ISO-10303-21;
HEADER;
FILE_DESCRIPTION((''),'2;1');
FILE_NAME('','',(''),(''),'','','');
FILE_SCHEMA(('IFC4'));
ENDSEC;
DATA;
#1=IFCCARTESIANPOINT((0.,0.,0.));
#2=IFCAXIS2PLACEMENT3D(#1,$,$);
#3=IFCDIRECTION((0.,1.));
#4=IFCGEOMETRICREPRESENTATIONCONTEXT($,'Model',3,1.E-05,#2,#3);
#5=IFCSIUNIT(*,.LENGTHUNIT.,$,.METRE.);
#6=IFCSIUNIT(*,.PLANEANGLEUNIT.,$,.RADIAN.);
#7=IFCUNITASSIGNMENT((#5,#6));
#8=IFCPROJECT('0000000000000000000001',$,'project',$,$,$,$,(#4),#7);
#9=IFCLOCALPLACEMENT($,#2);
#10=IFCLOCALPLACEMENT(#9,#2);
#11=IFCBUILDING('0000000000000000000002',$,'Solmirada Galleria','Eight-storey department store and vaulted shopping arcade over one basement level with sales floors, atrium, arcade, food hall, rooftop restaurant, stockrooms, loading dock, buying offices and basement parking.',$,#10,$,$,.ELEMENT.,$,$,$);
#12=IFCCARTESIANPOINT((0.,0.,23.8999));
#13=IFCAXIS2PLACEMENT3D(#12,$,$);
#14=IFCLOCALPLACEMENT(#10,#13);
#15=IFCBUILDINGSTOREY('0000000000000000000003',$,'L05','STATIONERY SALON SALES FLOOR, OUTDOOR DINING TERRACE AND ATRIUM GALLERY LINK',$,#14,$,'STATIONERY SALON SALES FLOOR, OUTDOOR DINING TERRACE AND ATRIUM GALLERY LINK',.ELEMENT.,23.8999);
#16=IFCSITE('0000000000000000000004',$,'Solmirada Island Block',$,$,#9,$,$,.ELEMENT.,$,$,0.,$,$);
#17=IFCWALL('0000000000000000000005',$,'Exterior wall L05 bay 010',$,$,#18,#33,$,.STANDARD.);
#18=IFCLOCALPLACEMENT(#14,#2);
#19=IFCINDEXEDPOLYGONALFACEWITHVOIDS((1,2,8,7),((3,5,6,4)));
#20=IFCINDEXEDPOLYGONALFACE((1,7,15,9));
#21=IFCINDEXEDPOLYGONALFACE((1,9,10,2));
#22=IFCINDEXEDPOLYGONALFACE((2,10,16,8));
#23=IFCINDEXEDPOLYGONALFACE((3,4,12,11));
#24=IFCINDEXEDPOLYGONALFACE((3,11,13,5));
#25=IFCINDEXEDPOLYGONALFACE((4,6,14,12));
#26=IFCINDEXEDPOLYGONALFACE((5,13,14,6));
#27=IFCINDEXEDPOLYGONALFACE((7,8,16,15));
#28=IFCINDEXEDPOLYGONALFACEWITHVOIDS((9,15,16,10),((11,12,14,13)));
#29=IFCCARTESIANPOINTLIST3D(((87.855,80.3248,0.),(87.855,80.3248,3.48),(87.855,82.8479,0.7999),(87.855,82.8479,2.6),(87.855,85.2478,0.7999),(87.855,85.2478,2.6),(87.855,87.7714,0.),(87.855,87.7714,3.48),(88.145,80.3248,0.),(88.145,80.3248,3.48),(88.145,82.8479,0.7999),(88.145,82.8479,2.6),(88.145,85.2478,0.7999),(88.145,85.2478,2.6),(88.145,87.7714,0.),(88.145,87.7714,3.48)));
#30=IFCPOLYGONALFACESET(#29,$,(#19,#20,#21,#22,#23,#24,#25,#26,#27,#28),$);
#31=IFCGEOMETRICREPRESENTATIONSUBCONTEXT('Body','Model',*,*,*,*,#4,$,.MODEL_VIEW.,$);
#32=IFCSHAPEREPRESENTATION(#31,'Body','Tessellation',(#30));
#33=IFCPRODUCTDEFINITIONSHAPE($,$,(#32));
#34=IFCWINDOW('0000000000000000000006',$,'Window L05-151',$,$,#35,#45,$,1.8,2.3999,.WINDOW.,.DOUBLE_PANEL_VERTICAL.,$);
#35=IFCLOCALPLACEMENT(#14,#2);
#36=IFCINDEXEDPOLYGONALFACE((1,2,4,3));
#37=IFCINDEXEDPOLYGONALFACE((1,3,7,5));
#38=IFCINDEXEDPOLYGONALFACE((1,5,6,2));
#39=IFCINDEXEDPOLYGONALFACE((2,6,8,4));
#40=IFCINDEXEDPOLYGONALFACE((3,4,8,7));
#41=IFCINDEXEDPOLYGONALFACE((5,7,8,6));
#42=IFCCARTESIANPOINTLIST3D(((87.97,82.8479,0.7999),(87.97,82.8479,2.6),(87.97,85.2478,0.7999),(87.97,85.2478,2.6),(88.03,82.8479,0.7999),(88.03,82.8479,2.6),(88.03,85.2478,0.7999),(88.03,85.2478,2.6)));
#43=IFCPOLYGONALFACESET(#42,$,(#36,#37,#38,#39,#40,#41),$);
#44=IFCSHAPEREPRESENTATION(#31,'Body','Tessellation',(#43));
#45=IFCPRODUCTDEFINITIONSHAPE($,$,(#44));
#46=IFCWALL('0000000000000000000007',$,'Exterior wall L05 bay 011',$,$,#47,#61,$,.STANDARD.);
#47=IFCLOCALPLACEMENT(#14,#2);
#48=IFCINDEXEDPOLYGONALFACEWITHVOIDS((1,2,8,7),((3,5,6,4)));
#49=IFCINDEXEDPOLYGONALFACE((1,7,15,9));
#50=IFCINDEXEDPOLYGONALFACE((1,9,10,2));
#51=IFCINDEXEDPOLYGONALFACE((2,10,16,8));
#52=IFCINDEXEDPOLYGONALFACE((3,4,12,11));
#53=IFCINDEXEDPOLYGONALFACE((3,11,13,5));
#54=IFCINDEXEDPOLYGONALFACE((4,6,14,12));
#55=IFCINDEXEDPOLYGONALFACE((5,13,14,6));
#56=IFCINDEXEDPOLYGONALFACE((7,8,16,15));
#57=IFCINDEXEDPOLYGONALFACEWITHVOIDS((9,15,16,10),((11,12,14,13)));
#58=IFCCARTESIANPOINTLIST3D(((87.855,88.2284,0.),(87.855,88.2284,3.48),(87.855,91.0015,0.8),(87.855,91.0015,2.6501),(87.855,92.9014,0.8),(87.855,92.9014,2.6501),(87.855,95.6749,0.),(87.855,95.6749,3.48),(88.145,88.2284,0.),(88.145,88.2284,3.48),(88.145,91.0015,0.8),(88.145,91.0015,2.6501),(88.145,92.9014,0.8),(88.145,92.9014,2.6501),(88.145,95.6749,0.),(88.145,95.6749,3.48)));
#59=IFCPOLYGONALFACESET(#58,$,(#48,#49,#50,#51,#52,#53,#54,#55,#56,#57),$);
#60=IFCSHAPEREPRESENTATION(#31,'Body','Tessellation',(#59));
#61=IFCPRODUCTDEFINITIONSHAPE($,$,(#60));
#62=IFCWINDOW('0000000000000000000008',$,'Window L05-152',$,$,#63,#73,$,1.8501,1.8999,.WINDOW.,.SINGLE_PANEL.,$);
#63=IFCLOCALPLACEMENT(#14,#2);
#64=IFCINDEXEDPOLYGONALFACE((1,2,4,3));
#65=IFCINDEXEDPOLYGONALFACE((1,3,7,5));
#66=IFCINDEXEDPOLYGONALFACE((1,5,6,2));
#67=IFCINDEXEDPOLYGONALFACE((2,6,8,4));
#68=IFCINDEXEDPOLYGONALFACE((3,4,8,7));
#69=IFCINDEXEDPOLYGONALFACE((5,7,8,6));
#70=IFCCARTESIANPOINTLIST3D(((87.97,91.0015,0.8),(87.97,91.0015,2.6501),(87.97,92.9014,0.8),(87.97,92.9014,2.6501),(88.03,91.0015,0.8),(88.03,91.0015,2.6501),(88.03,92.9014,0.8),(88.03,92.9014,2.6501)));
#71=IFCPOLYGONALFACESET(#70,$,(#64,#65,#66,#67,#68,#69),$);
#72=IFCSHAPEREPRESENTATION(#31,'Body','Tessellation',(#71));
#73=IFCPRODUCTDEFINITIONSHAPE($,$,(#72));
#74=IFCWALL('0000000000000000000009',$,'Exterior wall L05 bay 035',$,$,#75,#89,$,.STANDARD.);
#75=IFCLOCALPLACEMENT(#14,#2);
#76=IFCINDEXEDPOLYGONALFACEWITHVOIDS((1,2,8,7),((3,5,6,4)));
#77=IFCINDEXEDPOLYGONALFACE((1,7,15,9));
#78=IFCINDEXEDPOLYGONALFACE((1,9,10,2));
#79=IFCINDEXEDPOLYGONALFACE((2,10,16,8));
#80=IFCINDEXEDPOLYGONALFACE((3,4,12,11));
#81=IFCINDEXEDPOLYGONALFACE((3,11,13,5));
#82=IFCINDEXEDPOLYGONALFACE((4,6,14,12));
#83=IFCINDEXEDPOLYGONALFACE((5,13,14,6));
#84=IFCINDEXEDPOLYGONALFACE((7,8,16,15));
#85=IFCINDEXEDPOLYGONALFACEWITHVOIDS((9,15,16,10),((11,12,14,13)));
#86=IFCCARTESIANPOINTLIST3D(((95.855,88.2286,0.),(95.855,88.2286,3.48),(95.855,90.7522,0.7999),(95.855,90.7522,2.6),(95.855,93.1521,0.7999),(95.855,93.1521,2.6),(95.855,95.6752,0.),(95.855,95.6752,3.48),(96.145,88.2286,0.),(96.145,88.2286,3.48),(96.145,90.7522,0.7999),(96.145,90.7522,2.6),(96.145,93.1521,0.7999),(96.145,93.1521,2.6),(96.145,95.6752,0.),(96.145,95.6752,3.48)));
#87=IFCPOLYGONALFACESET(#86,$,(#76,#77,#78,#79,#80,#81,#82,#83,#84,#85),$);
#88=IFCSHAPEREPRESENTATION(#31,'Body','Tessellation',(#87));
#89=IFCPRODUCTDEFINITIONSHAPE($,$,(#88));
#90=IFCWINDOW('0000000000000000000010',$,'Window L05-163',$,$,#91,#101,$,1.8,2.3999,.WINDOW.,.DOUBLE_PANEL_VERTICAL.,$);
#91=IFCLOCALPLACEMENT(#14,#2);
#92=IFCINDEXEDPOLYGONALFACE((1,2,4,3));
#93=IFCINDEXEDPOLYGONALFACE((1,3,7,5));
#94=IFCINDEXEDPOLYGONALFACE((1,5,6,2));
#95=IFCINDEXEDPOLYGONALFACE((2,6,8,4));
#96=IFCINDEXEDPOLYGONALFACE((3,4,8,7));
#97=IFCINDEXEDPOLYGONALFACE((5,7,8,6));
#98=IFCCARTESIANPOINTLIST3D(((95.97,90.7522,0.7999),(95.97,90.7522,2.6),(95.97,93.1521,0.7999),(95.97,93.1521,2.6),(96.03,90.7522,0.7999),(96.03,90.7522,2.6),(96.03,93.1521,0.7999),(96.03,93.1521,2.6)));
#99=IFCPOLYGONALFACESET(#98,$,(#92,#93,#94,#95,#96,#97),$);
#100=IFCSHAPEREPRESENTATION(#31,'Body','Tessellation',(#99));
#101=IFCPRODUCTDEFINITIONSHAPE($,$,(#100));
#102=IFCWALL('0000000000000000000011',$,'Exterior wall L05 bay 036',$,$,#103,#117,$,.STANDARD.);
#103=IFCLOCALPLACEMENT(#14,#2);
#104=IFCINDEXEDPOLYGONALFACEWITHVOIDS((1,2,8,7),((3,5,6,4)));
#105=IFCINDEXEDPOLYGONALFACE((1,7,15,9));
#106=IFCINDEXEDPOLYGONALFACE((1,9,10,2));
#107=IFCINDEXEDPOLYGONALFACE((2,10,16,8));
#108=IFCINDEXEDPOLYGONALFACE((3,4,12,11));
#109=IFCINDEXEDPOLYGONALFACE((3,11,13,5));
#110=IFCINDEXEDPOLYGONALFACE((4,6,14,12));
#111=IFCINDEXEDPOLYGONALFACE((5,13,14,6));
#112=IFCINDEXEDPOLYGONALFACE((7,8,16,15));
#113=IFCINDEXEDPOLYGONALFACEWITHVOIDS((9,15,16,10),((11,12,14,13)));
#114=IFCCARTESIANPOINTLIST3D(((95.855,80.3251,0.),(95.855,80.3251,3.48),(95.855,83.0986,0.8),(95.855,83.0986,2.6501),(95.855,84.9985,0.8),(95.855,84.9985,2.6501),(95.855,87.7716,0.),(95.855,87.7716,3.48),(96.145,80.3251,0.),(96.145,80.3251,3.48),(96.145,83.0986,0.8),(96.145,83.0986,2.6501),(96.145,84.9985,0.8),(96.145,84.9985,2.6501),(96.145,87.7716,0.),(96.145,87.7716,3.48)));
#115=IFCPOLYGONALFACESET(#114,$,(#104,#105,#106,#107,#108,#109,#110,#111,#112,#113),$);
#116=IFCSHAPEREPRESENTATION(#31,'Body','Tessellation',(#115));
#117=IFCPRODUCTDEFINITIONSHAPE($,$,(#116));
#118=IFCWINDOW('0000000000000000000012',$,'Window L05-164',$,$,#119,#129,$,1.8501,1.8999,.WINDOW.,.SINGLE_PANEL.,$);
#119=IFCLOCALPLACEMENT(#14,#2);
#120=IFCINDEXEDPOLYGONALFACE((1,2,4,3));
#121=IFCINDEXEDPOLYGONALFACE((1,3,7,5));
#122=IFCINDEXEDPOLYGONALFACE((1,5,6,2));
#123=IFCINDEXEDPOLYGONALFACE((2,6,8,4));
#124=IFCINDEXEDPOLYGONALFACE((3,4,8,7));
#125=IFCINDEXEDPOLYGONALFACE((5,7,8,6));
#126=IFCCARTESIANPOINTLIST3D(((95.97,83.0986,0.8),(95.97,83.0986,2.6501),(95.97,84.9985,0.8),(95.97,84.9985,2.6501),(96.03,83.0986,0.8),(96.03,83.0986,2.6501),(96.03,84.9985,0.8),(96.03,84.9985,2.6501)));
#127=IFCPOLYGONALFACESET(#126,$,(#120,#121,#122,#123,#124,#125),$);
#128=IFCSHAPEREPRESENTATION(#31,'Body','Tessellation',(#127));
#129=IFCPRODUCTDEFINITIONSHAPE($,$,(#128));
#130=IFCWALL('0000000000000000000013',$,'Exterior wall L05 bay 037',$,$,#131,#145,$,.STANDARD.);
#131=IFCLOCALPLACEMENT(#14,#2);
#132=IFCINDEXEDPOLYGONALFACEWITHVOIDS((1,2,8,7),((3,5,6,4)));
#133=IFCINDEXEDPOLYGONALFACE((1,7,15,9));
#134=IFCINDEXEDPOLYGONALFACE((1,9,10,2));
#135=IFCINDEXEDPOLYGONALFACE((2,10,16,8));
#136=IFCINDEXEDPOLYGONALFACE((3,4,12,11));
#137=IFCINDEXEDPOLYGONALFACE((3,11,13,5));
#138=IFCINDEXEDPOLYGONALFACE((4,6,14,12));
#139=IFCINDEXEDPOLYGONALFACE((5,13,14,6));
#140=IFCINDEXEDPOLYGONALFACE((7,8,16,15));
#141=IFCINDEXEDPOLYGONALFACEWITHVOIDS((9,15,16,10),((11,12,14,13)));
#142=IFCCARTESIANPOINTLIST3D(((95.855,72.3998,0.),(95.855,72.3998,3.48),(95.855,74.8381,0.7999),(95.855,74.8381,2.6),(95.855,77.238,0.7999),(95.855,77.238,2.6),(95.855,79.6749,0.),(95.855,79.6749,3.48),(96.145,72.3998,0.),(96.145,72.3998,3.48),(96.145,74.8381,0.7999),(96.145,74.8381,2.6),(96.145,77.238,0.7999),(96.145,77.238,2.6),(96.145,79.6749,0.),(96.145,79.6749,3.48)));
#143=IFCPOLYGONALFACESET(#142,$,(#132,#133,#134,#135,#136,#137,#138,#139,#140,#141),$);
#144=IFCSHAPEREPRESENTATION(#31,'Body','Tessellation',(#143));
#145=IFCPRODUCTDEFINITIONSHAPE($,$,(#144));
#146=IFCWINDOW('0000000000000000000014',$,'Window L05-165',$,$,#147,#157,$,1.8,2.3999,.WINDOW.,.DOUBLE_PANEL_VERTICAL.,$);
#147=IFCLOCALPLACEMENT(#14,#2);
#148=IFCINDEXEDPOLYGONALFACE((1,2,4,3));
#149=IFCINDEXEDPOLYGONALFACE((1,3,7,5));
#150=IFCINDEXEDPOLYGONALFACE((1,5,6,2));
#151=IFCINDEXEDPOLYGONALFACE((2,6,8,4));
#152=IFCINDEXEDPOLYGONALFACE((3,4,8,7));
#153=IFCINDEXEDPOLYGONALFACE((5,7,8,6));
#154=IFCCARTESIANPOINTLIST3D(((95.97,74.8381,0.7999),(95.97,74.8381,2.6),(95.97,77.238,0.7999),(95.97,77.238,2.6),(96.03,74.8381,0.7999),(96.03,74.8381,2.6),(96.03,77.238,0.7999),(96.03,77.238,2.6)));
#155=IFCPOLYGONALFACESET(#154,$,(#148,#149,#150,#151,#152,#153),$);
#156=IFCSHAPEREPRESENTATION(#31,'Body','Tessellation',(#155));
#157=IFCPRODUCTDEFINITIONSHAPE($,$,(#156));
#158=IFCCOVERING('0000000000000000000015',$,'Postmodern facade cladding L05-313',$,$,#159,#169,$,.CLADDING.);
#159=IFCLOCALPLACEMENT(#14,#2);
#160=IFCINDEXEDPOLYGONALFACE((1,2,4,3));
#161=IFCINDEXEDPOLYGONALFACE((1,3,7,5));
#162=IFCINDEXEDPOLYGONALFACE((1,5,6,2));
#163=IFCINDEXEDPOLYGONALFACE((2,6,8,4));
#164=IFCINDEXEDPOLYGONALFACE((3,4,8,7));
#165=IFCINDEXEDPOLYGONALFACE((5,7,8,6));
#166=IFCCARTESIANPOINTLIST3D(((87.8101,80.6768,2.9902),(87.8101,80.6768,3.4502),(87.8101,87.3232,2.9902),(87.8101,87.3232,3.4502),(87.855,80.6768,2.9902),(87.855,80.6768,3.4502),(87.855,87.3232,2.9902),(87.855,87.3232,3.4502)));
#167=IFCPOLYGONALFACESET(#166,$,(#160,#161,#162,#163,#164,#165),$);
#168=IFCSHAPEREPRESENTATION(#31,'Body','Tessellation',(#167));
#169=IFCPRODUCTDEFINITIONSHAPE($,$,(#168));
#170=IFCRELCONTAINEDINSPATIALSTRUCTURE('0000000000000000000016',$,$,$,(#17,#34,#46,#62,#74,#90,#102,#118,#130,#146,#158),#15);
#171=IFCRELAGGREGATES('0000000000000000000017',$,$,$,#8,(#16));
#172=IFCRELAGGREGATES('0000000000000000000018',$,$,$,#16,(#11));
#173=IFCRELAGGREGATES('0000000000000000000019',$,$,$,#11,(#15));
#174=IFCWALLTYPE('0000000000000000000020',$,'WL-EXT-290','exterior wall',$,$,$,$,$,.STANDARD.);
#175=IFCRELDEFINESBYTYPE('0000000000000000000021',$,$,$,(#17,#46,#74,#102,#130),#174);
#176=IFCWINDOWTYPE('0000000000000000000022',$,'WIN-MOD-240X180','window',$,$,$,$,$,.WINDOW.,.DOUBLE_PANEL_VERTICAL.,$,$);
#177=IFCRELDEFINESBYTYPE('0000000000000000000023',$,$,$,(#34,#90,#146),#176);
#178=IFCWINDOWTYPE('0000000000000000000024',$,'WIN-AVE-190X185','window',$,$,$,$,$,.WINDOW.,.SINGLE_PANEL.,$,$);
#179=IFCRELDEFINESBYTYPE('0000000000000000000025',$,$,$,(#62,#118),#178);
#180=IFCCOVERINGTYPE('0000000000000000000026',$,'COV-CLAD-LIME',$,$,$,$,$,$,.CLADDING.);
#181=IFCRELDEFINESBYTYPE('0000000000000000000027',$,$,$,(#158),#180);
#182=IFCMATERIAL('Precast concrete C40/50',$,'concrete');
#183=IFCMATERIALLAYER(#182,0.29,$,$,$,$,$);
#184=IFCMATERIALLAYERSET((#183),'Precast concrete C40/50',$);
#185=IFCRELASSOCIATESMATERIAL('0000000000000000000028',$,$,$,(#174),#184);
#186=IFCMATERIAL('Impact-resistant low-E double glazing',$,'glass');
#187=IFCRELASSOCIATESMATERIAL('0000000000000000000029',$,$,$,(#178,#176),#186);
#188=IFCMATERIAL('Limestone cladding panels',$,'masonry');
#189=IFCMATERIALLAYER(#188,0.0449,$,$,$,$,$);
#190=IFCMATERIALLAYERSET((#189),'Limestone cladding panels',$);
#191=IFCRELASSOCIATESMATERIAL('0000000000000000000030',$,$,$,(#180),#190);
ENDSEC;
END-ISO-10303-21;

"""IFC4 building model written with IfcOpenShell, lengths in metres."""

from ifc_helpers import new_model, si_unit, direction, frame, frame_2d, origin, origin_2d, place, context, subcontext, project, spatial, rectangle, extrude, material, layer, layer_set, type_object, element, fill, save


model = new_model("IFC4")

# Units and contexts
model_context = context("Model", 3, precision=1e-05, world=origin(), true_north=direction((0.0, 1.0)))
body_context = subcontext(model_context, "Body", "Model", "MODEL_VIEW")
ifc_project = project(units=[si_unit("LENGTHUNIT", "METRE"), si_unit("PLANEANGLEUNIT", "RADIAN")], contexts=[model_context])

# Site, building, storey
site_placement = place(None, origin())
site = spatial("IfcSite", under=ifc_project, at=site_placement, Name="Solmirada Island Block", CompositionType="ELEMENT", RefElevation=0.0)
building_placement = place(site_placement, origin())
building = spatial("IfcBuilding", under=site, at=building_placement, Name="Solmirada Galleria", Description="Eight-storey department store and vaulted shopping arcade over one basement level with sales floors, atrium, arcade, food hall, rooftop restaurant, stockrooms, loading dock, buying offices and basement parking.", CompositionType="ELEMENT")
storey_placement = place(building_placement, frame((0.0, 0.0, 23.8999)))
storey = spatial("IfcBuildingStorey", under=building, at=storey_placement, Name="L05", Description="STATIONERY SALON SALES FLOOR, OUTDOOR DINING TERRACE AND ATRIUM GALLERY LINK", LongName="STATIONERY SALON SALES FLOOR, OUTDOOR DINING TERRACE AND ATRIUM GALLERY LINK", CompositionType="ELEMENT", Elevation=23.8999)

# Walls, openings, windows
ifc_material_1 = material(Name="Precast concrete C40/50", Category="concrete")
ifc_layer_1 = layer(ifc_material_1, 0.29)
ifc_layer_set_1 = layer_set([ifc_layer_1], Name="Precast concrete C40/50")
wall_type = type_object("IfcWallType", Name="WL-EXT-290", Description="exterior wall", PredefinedType="STANDARD", material=ifc_layer_set_1)
ifc_material_2 = material(Name="Impact-resistant low-E double glazing", Category="glass")
window_type_1 = type_object("IfcWindowType", Name="WIN-AVE-190X185", Description="window", PartitioningType="SINGLE_PANEL", PredefinedType="WINDOW", material=ifc_material_2)
wall_1_placement = place(storey_placement, frame((88.0, 80.325, 0.0), z_axis=(0.0, 0.0, 1.0), x_axis=(0.0, 1.0, 0.0)))
wall_1 = element("IfcWall", 1, at=wall_1_placement, inside=storey, type_object=wall_type, Name="Exterior wall L05 bay 010", PredefinedType="STANDARD", context=body_context, shape_type="SweptSolid", body=[
    extrude(rectangle(XDim=7.4465, YDim=0.29, at=frame_2d((3.7231, 0.0))), origin(), (0.0, 0.0, 1.0), 3.48),
])
opening_1_placement = place(wall_1_placement, frame((2.5229, 0.0, 0.8)))
opening_1 = element("IfcOpeningElement", 2, at=opening_1_placement, cuts=wall_1, PredefinedType="OPENING", context=body_context, shape_type="SweptSolid", body=[
    extrude(rectangle(XDim=2.3999, YDim=1.8, at=frame_2d((1.2, 0.8999))), frame((0.0, 0.155, 0.0), z_axis=(0.0, -1.0, 0.0), x_axis=(1.0, 0.0, 0.0)), (0.0, 0.0, 1.0), 0.3101),
])
window_type_2 = type_object("IfcWindowType", Name="WIN-MOD-240X180", Description="window", PartitioningType="DOUBLE_PANEL_VERTICAL", PredefinedType="WINDOW", material=ifc_material_2)
window_1_placement = place(opening_1_placement, origin())
window_1 = element("IfcWindow", 3, at=window_1_placement, inside=storey, type_object=window_type_2, Name="Window L05-151", OverallHeight=1.8, OverallWidth=2.3999, PartitioningType="DOUBLE_PANEL_VERTICAL", PredefinedType="WINDOW", context=body_context, shape_type="SweptSolid", body=[
    extrude(rectangle(XDim=2.3999, YDim=1.8, at=frame_2d((1.2, 0.8999))), frame((0.0, 0.03, 0.0), z_axis=(0.0, -1.0, 0.0), x_axis=(1.0, 0.0, 0.0)), (0.0, 0.0, 1.0), 0.0601),
])
fill(opening_1, window_1)
wall_2_placement = place(storey_placement, frame((88.0, 88.2285, 0.0), z_axis=(0.0, 0.0, 1.0), x_axis=(0.0, 1.0, 0.0)))
wall_2 = element("IfcWall", 4, at=wall_2_placement, inside=storey, type_object=wall_type, Name="Exterior wall L05 bay 011", PredefinedType="STANDARD", context=body_context, shape_type="SweptSolid", body=[
    extrude(rectangle(XDim=7.4465, YDim=0.29, at=frame_2d((3.7231, 0.0))), origin(), (0.0, 0.0, 1.0), 3.48),
])
opening_2_placement = place(wall_2_placement, frame((2.7729, 0.0, 0.8)))
opening_2 = element("IfcOpeningElement", 5, at=opening_2_placement, cuts=wall_2, PredefinedType="OPENING", context=body_context, shape_type="SweptSolid", body=[
    extrude(rectangle(XDim=1.8999, YDim=1.8501, at=frame_2d((0.95, 0.925))), frame((0.0, 0.155, 0.0), z_axis=(0.0, -1.0, 0.0), x_axis=(1.0, 0.0, 0.0)), (0.0, 0.0, 1.0), 0.3101),
])
window_2_placement = place(opening_2_placement, origin())
window_2 = element("IfcWindow", 6, at=window_2_placement, inside=storey, type_object=window_type_1, Name="Window L05-152", OverallHeight=1.8501, OverallWidth=1.8999, PartitioningType="SINGLE_PANEL", PredefinedType="WINDOW", context=body_context, shape_type="SweptSolid", body=[
    extrude(rectangle(XDim=1.8999, YDim=1.8501, at=frame_2d((0.95, 0.925))), frame((0.0, 0.03, 0.0), z_axis=(0.0, -1.0, 0.0), x_axis=(1.0, 0.0, 0.0)), (0.0, 0.0, 1.0), 0.0601),
])
fill(opening_2, window_2)
wall_3_placement = place(storey_placement, frame((96.0, 95.675, 0.0), z_axis=(0.0, 0.0, 1.0), x_axis=(0.0, -1.0, 0.0)))
wall_3 = element("IfcWall", 7, at=wall_3_placement, inside=storey, type_object=wall_type, Name="Exterior wall L05 bay 035", PredefinedType="STANDARD", context=body_context, shape_type="SweptSolid", body=[
    extrude(rectangle(XDim=7.4465, YDim=0.29, at=frame_2d((3.7231, 0.0))), origin(), (0.0, 0.0, 1.0), 3.48),
])
opening_3_placement = place(wall_3_placement, frame((2.5229, 0.0, 0.8)))
opening_3 = element("IfcOpeningElement", 8, at=opening_3_placement, cuts=wall_3, PredefinedType="OPENING", context=body_context, shape_type="SweptSolid", body=[
    extrude(rectangle(XDim=2.3999, YDim=1.8, at=frame_2d((1.2, 0.8999))), frame((0.0, 0.155, 0.0), z_axis=(0.0, -1.0, 0.0), x_axis=(1.0, 0.0, 0.0)), (0.0, 0.0, 1.0), 0.3101),
])
window_3_placement = place(opening_3_placement, origin())
window_3 = element("IfcWindow", 9, at=window_3_placement, inside=storey, type_object=window_type_2, Name="Window L05-163", OverallHeight=1.8, OverallWidth=2.3999, PartitioningType="DOUBLE_PANEL_VERTICAL", PredefinedType="WINDOW", context=body_context, shape_type="SweptSolid", body=[
    extrude(rectangle(XDim=2.3999, YDim=1.8, at=frame_2d((1.2, 0.8999))), frame((0.0, 0.03, 0.0), z_axis=(0.0, -1.0, 0.0), x_axis=(1.0, 0.0, 0.0)), (0.0, 0.0, 1.0), 0.0601),
])
fill(opening_3, window_3)
wall_4_placement = place(storey_placement, frame((96.0, 87.7715, 0.0), z_axis=(0.0, 0.0, 1.0), x_axis=(0.0, -1.0, 0.0)))
wall_4 = element("IfcWall", 10, at=wall_4_placement, inside=storey, type_object=wall_type, Name="Exterior wall L05 bay 036", PredefinedType="STANDARD", context=body_context, shape_type="SweptSolid", body=[
    extrude(rectangle(XDim=7.4465, YDim=0.29, at=frame_2d((3.7231, 0.0))), origin(), (0.0, 0.0, 1.0), 3.48),
])
opening_4_placement = place(wall_4_placement, frame((2.7729, 0.0, 0.8)))
opening_4 = element("IfcOpeningElement", 11, at=opening_4_placement, cuts=wall_4, PredefinedType="OPENING", context=body_context, shape_type="SweptSolid", body=[
    extrude(rectangle(XDim=1.8999, YDim=1.8501, at=frame_2d((0.95, 0.925))), frame((0.0, 0.155, 0.0), z_axis=(0.0, -1.0, 0.0), x_axis=(1.0, 0.0, 0.0)), (0.0, 0.0, 1.0), 0.3101),
])
window_4_placement = place(opening_4_placement, origin())
window_4 = element("IfcWindow", 12, at=window_4_placement, inside=storey, type_object=window_type_1, Name="Window L05-164", OverallHeight=1.8501, OverallWidth=1.8999, PartitioningType="SINGLE_PANEL", PredefinedType="WINDOW", context=body_context, shape_type="SweptSolid", body=[
    extrude(rectangle(XDim=1.8999, YDim=1.8501, at=frame_2d((0.95, 0.925))), frame((0.0, 0.03, 0.0), z_axis=(0.0, -1.0, 0.0), x_axis=(1.0, 0.0, 0.0)), (0.0, 0.0, 1.0), 0.0601),
])
fill(opening_4, window_4)
wall_5_placement = place(storey_placement, frame((96.0, 79.675, 0.0), z_axis=(0.0, 0.0, 1.0), x_axis=(0.0, -1.0, 0.0)))
wall_5 = element("IfcWall", 13, at=wall_5_placement, inside=storey, type_object=wall_type, Name="Exterior wall L05 bay 037", PredefinedType="STANDARD", context=body_context, shape_type="SweptSolid", body=[
    extrude(rectangle(XDim=7.2751, YDim=0.29, at=frame_2d((3.6377, 0.0))), origin(), (0.0, 0.0, 1.0), 3.48),
])
opening_5_placement = place(wall_5_placement, frame((2.437, 0.0, 0.8)))
opening_5 = element("IfcOpeningElement", 14, at=opening_5_placement, cuts=wall_5, PredefinedType="OPENING", context=body_context, shape_type="SweptSolid", body=[
    extrude(rectangle(XDim=2.3999, YDim=1.8, at=frame_2d((1.2, 0.8999))), frame((0.0, 0.155, 0.0), z_axis=(0.0, -1.0, 0.0), x_axis=(1.0, 0.0, 0.0)), (0.0, 0.0, 1.0), 0.3101),
])
window_5_placement = place(opening_5_placement, origin())
window_5 = element("IfcWindow", 15, at=window_5_placement, inside=storey, type_object=window_type_2, Name="Window L05-165", OverallHeight=1.8, OverallWidth=2.3999, PartitioningType="DOUBLE_PANEL_VERTICAL", PredefinedType="WINDOW", context=body_context, shape_type="SweptSolid", body=[
    extrude(rectangle(XDim=2.3999, YDim=1.8, at=frame_2d((1.2, 0.8999))), frame((0.0, 0.03, 0.0), z_axis=(0.0, -1.0, 0.0), x_axis=(1.0, 0.0, 0.0)), (0.0, 0.0, 1.0), 0.0601),
])
fill(opening_5, window_5)

# Covering
ifc_material_3 = material(Name="Limestone cladding panels", Category="masonry")
ifc_layer_2 = layer(ifc_material_3, 0.0449)
ifc_layer_set_2 = layer_set([ifc_layer_2], Name="Limestone cladding panels")
covering_type_1 = type_object("IfcCoveringType", Name="COV-CLAD-LIME", PredefinedType="CLADDING", material=ifc_layer_set_2)
for number, where, z_axis, x_axis, name in (
    (16, (87.8325, 84.0, 2.9902), (0.0, 0.0, 1.0), (0.0, 1.0, 0.0), "Postmodern facade cladding L05-313"),
):
    element("IfcCovering", number, at=place(storey_placement, frame(where, z_axis=z_axis, x_axis=x_axis)), inside=storey, type_object=covering_type_1, Name=name, PredefinedType="CLADDING", context=body_context, shape_type="SweptSolid", body=[
        extrude(rectangle(XDim=6.6465, YDim=0.0449, at=origin_2d()), origin(), (0.0, 0.0, 1.0), 0.46),
    ])

save(model, "model.ifc")
